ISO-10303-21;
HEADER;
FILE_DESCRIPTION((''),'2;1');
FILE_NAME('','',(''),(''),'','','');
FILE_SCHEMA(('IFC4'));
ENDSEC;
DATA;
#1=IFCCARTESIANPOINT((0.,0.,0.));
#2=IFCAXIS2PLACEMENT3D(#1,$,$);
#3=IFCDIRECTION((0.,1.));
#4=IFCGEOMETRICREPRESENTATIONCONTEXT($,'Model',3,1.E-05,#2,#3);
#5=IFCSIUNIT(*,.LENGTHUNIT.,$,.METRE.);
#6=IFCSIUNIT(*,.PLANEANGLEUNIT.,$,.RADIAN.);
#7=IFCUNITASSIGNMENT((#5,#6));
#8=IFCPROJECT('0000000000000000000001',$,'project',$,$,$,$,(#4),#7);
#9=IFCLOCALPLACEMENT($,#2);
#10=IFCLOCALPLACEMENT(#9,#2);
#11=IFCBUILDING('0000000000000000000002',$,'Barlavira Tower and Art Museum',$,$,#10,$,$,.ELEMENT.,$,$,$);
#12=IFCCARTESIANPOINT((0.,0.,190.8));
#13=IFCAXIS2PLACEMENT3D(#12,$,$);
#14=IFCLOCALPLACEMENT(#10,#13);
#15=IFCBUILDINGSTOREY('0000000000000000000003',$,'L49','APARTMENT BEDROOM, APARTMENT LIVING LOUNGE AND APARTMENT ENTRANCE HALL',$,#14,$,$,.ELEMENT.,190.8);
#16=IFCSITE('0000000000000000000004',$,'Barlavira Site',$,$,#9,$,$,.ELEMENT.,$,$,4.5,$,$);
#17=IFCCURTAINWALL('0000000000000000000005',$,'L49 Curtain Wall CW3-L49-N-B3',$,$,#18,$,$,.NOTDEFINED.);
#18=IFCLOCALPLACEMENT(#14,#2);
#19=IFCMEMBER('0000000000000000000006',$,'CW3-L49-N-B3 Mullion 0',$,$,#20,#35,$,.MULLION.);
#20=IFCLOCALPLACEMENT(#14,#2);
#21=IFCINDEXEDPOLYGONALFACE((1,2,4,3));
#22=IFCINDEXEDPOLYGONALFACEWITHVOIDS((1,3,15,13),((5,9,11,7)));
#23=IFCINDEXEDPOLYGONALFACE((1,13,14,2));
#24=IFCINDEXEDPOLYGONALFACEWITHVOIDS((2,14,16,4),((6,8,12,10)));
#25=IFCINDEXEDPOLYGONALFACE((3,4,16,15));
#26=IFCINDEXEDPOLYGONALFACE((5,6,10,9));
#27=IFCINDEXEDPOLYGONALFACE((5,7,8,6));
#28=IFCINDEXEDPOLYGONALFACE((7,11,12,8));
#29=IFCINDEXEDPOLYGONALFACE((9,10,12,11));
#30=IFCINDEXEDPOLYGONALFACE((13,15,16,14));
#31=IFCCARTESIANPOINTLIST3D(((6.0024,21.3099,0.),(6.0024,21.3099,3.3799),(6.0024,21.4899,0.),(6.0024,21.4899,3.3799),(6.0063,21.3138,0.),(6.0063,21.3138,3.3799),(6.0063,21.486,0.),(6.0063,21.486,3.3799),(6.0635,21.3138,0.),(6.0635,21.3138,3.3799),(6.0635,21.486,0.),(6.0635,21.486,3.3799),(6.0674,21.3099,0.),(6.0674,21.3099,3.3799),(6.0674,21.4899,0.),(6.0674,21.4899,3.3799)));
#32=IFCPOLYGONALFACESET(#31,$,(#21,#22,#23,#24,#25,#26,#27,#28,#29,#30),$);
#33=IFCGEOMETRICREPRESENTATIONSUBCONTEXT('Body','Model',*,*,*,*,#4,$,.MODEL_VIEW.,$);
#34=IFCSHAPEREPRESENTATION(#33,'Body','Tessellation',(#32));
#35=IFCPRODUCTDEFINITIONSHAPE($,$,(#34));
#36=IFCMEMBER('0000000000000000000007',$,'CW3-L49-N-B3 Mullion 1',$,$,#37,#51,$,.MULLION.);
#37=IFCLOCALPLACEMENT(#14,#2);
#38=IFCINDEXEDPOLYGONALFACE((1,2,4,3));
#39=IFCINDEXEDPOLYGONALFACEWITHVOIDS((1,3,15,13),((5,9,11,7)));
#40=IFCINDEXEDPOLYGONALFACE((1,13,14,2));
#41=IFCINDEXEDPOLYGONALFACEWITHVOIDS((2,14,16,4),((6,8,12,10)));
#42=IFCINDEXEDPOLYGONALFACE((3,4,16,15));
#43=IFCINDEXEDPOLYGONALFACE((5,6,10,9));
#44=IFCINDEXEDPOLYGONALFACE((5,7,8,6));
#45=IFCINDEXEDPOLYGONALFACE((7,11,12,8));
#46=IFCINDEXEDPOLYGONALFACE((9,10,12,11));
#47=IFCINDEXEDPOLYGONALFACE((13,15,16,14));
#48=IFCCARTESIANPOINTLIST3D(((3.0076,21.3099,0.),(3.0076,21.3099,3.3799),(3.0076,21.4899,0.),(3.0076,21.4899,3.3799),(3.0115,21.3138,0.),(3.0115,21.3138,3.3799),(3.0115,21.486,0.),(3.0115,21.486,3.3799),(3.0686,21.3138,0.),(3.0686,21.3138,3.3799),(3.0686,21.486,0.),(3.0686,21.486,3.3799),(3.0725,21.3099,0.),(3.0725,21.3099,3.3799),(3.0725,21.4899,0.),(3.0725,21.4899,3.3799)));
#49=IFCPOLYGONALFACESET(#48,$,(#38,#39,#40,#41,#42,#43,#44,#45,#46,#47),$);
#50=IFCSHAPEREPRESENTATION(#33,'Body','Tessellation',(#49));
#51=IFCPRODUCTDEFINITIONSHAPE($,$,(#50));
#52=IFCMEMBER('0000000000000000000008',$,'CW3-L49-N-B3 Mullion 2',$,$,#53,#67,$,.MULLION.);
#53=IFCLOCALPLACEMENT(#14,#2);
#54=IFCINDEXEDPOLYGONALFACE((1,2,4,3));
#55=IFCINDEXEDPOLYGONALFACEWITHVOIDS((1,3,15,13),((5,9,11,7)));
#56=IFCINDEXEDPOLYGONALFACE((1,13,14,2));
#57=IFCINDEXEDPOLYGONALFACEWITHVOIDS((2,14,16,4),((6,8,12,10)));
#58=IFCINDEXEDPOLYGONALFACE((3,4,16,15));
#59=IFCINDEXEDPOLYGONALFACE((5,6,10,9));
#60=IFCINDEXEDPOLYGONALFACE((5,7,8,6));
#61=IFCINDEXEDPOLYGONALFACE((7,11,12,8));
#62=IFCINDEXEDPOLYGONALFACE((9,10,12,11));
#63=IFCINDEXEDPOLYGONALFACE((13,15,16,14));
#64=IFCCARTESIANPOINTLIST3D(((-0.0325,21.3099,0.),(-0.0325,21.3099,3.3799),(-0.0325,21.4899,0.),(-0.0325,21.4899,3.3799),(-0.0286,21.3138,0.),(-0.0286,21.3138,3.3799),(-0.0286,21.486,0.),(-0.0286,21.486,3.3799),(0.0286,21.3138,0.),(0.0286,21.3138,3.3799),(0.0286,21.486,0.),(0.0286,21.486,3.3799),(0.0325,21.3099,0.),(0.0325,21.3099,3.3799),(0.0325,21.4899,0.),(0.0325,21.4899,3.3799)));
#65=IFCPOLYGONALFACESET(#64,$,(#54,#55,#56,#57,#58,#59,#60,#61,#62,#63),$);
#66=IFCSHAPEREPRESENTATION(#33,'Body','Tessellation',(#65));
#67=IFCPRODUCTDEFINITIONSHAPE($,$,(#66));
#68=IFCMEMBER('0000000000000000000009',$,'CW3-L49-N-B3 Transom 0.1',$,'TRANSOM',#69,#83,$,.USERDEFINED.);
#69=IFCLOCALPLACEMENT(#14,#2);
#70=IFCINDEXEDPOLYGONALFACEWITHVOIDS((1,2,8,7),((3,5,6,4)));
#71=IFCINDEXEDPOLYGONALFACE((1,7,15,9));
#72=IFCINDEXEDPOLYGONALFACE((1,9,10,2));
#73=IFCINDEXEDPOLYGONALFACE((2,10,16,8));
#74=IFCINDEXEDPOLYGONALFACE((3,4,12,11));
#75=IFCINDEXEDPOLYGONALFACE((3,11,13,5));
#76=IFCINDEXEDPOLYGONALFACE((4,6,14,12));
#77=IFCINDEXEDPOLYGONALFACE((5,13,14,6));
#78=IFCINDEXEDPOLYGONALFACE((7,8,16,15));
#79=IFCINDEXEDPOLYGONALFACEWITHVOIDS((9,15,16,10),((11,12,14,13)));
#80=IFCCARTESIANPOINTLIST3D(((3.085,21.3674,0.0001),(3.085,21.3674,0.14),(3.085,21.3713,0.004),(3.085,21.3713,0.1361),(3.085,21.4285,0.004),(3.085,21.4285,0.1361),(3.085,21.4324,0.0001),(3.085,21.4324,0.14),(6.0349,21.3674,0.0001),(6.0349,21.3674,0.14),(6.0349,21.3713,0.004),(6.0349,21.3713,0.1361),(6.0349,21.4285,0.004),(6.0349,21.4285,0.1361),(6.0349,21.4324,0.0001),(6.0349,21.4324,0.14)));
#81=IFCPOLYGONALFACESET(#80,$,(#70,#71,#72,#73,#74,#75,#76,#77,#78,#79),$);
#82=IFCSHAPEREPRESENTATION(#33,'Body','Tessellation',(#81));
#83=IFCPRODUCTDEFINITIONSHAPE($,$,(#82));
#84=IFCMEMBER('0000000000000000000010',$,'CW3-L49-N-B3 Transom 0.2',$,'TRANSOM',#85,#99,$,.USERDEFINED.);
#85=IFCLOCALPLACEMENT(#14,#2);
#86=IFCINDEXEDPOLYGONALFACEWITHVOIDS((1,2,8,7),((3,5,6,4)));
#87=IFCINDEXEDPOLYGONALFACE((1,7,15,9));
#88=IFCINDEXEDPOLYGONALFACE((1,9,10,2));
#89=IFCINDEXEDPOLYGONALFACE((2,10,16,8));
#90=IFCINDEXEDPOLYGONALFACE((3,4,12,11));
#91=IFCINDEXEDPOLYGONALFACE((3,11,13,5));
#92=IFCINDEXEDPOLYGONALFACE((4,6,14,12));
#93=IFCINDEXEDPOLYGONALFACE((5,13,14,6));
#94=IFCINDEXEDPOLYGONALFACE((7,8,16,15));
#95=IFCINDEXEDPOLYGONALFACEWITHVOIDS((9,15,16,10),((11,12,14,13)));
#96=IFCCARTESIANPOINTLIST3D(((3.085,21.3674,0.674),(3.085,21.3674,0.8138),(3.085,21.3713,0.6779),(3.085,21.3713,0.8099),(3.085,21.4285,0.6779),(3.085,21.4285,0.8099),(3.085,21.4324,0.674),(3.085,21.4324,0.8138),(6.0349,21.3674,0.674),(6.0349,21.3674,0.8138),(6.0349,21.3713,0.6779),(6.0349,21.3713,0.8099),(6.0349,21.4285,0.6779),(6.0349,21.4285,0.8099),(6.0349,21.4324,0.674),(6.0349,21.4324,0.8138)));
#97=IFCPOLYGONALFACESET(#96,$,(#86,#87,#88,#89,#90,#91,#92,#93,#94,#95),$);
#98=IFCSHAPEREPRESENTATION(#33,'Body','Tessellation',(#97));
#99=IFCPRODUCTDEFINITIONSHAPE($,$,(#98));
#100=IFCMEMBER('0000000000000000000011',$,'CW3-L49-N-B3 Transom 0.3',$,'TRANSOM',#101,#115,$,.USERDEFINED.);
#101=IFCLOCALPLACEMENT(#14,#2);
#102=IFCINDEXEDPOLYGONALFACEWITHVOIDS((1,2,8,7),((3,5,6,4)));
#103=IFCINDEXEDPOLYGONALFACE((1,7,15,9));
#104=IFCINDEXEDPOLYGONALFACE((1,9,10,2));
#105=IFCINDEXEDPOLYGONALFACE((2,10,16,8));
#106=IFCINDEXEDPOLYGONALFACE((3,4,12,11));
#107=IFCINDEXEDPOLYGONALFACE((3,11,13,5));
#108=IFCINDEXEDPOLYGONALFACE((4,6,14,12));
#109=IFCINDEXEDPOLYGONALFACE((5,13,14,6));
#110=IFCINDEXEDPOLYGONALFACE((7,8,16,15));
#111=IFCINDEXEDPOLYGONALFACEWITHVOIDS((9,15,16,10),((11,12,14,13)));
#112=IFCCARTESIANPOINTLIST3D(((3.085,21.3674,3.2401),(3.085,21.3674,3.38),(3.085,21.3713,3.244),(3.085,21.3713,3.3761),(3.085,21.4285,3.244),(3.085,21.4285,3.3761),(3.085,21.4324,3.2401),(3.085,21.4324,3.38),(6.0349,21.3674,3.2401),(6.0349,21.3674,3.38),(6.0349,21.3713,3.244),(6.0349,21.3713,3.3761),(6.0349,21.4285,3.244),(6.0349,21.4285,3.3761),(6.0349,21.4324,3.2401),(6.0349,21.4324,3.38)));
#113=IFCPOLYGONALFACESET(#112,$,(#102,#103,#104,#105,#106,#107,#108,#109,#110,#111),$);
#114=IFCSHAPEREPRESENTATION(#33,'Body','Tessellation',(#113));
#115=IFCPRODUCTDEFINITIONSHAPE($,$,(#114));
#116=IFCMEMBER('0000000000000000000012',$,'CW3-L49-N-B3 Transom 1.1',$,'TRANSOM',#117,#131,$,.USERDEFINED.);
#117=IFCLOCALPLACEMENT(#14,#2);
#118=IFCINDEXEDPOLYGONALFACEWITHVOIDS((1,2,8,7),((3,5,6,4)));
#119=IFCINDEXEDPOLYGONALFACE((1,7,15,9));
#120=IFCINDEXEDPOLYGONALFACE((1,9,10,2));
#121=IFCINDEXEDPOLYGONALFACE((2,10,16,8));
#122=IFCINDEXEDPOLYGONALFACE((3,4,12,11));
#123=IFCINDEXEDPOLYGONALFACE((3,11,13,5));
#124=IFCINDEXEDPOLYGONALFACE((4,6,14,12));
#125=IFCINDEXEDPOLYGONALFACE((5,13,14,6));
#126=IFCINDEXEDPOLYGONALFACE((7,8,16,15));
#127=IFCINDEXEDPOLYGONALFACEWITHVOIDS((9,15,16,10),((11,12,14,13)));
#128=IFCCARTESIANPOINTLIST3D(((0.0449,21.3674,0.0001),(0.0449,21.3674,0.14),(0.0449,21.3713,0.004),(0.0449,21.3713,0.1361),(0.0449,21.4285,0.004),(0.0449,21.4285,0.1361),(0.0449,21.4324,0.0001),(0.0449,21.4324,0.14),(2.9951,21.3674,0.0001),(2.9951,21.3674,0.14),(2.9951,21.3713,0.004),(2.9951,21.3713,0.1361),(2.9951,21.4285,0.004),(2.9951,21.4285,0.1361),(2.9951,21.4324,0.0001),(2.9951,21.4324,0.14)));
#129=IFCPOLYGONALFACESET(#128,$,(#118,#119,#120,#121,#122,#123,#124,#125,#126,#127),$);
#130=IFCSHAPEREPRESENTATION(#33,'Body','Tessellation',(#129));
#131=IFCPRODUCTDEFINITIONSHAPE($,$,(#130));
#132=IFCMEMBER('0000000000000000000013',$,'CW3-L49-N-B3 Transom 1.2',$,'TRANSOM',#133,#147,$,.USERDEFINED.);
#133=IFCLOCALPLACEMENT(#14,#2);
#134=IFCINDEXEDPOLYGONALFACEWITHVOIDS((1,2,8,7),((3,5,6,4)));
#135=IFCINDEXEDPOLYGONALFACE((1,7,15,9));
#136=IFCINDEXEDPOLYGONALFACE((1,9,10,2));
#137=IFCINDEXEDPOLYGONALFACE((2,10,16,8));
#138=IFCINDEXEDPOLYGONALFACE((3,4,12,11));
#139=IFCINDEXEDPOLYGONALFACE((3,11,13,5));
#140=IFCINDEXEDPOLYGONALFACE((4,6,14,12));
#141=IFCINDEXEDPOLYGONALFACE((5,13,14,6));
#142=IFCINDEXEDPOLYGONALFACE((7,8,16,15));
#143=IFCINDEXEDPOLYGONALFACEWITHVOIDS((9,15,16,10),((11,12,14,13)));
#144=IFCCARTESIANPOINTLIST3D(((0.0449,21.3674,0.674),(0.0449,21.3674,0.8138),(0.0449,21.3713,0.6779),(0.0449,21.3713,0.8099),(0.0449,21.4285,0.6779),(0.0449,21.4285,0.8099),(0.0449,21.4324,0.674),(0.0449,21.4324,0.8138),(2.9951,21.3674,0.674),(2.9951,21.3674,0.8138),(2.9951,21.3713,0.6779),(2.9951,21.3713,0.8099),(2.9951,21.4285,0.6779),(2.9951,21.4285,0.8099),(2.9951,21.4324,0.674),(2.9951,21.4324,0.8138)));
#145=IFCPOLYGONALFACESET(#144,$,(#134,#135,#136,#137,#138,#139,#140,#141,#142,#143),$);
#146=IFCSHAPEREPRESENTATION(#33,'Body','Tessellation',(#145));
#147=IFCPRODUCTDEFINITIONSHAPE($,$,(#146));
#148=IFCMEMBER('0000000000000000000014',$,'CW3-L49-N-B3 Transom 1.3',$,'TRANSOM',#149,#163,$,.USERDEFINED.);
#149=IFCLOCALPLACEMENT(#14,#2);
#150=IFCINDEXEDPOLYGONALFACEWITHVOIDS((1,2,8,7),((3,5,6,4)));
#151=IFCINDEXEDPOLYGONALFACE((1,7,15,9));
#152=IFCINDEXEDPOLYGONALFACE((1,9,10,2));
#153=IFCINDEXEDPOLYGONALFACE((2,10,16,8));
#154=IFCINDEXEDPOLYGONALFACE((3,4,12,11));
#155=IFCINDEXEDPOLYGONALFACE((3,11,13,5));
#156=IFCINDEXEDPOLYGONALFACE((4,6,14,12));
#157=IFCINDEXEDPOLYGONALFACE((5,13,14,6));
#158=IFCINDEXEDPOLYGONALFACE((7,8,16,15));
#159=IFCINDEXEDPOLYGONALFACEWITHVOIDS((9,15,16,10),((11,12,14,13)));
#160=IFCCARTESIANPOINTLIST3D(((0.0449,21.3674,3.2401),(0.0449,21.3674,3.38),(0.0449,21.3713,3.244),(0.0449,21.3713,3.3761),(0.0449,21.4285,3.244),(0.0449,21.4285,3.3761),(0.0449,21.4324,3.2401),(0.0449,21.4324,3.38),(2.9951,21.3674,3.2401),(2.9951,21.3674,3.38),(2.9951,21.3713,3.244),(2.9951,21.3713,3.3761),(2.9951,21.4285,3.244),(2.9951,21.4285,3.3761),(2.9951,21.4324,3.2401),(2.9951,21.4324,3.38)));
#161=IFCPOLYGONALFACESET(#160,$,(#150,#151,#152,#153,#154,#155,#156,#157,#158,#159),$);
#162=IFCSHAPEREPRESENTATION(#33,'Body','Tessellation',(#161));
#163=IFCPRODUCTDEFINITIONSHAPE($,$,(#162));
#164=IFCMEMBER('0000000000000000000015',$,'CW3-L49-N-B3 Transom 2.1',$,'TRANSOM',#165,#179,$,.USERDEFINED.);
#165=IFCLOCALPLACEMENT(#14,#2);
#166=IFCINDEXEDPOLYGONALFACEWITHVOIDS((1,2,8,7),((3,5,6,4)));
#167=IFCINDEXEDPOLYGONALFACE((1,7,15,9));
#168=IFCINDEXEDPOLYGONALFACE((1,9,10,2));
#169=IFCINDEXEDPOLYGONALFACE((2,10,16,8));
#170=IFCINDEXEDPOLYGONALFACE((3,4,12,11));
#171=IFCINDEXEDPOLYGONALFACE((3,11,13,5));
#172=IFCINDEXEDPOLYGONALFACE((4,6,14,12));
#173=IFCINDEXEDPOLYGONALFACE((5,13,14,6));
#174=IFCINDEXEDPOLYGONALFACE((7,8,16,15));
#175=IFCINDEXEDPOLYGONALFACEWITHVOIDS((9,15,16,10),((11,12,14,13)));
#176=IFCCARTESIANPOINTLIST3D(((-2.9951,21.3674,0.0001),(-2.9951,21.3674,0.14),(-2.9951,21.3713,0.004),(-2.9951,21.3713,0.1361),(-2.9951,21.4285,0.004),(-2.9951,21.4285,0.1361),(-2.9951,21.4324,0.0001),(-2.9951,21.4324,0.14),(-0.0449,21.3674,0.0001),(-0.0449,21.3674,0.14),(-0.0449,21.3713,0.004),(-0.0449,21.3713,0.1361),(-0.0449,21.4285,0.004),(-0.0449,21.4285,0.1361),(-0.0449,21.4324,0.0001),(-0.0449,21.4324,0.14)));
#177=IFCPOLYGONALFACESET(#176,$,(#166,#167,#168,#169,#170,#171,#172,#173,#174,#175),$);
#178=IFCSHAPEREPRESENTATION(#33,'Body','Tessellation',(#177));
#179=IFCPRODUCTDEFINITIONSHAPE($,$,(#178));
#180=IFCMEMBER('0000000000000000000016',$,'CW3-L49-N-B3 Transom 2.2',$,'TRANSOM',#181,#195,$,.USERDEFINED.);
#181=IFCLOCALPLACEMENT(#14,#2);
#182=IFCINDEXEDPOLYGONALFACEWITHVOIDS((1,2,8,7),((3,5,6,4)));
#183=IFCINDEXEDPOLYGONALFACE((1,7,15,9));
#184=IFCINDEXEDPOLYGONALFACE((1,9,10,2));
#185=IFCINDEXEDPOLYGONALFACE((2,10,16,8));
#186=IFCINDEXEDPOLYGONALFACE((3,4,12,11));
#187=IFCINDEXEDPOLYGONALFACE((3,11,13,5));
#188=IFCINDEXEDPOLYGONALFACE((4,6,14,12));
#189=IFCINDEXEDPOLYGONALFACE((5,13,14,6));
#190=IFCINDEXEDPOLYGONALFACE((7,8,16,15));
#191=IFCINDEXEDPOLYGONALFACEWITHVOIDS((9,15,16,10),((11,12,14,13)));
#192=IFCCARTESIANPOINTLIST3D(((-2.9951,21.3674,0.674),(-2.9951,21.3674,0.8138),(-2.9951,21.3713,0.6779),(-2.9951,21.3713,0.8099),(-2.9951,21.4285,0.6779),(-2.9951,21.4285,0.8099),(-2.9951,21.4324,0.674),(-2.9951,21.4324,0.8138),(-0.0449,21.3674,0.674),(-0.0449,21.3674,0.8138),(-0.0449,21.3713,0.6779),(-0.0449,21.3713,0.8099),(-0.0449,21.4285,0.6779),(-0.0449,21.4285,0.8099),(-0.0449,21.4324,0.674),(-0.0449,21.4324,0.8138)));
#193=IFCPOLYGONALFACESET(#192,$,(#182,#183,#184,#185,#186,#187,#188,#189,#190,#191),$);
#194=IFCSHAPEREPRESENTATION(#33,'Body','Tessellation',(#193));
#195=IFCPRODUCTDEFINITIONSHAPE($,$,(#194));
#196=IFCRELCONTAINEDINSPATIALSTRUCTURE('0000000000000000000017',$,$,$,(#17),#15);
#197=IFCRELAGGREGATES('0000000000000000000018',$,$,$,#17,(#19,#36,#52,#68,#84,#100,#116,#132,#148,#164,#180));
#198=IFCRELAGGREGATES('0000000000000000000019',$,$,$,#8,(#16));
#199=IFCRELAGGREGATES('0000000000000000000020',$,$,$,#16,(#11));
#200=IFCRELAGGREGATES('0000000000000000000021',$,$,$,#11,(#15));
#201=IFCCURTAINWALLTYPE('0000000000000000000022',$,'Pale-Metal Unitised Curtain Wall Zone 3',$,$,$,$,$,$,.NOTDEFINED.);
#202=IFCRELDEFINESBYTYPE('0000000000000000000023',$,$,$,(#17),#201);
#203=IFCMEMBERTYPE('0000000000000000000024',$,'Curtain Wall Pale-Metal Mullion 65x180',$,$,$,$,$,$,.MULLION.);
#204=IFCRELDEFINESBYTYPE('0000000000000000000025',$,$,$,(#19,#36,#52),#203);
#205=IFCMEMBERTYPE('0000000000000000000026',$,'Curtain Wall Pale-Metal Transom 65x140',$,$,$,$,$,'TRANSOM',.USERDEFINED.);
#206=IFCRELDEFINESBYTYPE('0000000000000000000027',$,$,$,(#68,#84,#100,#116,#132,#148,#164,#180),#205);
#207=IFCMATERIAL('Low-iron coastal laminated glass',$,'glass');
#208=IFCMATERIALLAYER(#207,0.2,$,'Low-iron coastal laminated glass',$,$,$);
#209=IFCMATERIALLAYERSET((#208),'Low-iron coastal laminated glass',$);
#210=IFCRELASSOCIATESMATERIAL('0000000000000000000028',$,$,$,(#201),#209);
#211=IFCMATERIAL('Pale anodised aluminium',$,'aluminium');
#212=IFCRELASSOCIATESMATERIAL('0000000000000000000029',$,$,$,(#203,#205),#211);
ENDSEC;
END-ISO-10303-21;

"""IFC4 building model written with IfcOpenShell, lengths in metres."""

from ifc_helpers import new_model, si_unit, direction, frame, origin, origin_2d, place, context, subcontext, project, spatial, hollow_rectangle, extrude, material, layer, layer_set, material_profile, profile_set, type_object, element, aggregate, save


model = new_model("IFC4")

# Units and contexts
model_context = context("Model", 3, precision=1e-05, world=origin(), true_north=direction((0.0, 1.0)))
body_context = subcontext(model_context, "Body", "Model", "MODEL_VIEW")
ifc_project = project(units=[si_unit("LENGTHUNIT", "METRE"), si_unit("PLANEANGLEUNIT", "RADIAN")], contexts=[model_context])

# Site, building, storey
site_placement = place(None, origin())
site = spatial("IfcSite", under=ifc_project, at=site_placement, Name="Barlavira Site", CompositionType="ELEMENT", RefElevation=4.5)
building_placement = place(site_placement, origin())
building = spatial("IfcBuilding", under=site, at=building_placement, Name="Barlavira Tower and Art Museum", CompositionType="ELEMENT")
storey_placement = place(building_placement, frame((0.0, 0.0, 190.8)))
storey = spatial("IfcBuildingStorey", under=building, at=storey_placement, Name="L49", Description="APARTMENT BEDROOM, APARTMENT LIVING LOUNGE AND APARTMENT ENTRANCE HALL", CompositionType="ELEMENT", Elevation=190.8)

# Curtain wall, members
ifc_material_1 = material(Name="Low-iron coastal laminated glass", Category="glass")
ifc_layer_1 = layer(ifc_material_1, 0.2, Name="Low-iron coastal laminated glass")
ifc_layer_set_1 = layer_set([ifc_layer_1], Name="Low-iron coastal laminated glass")
curtain_wall_type = type_object("IfcCurtainWallType", Name="Pale-Metal Unitised Curtain Wall Zone 3", PredefinedType="NOTDEFINED", material=ifc_layer_set_1)
curtain_wall_placement = place(storey_placement, origin())
curtain_wall = element("IfcCurtainWall", 1, at=curtain_wall_placement, inside=storey, type_object=curtain_wall_type, Name="L49 Curtain Wall CW3-L49-N-B3", PredefinedType="NOTDEFINED")
ifc_material_2 = material(Name="Pale anodised aluminium", Category="aluminium")
ifc_material_profile_1 = material_profile(ifc_material_2, hollow_rectangle(XDim=0.0649, YDim=0.1799, WallThickness=0.0039, at=origin_2d()), Name="ALU-MULL 65x180x4")
ifc_profile_set_1 = profile_set([ifc_material_profile_1], Name="Pale anodised aluminium")
member_type_1 = type_object("IfcMemberType", Name="Curtain Wall Pale-Metal Mullion 65x180", PredefinedType="MULLION", material=ifc_profile_set_1)
member_1_placement = place(storey_placement, frame((6.0349, 21.3999, 0.0), z_axis=(0.0, 0.0, 1.0), x_axis=(-1.0, 0.0, 0.0)))
member_1 = element("IfcMember", 2, at=member_1_placement, type_object=member_type_1, Name="CW3-L49-N-B3 Mullion 0", PredefinedType="MULLION", context=body_context, shape_type="SweptSolid", body=[
    extrude(hollow_rectangle(XDim=0.0649, YDim=0.1799, WallThickness=0.0039, at=origin_2d()), origin(), (0.0, 0.0, 1.0), 3.3799),
])
member_2_placement = place(storey_placement, frame((3.04, 21.3999, 0.0), z_axis=(0.0, 0.0, 1.0), x_axis=(-1.0, 0.0, 0.0)))
member_2 = element("IfcMember", 3, at=member_2_placement, type_object=member_type_1, Name="CW3-L49-N-B3 Mullion 1", PredefinedType="MULLION", context=body_context, shape_type="SweptSolid", body=[
    extrude(hollow_rectangle(XDim=0.0649, YDim=0.1799, WallThickness=0.0039, at=origin_2d()), origin(), (0.0, 0.0, 1.0), 3.3799),
])
member_3_placement = place(storey_placement, frame((0.0, 21.3999, 0.0), z_axis=(0.0, 0.0, 1.0), x_axis=(-1.0, 0.0, 0.0)))
member_3 = element("IfcMember", 4, at=member_3_placement, type_object=member_type_1, Name="CW3-L49-N-B3 Mullion 2", PredefinedType="MULLION", context=body_context, shape_type="SweptSolid", body=[
    extrude(hollow_rectangle(XDim=0.0649, YDim=0.1799, WallThickness=0.0039, at=origin_2d()), origin(), (0.0, 0.0, 1.0), 3.3799),
])
ifc_material_profile_2 = material_profile(ifc_material_2, hollow_rectangle(XDim=0.0649, YDim=0.1399, WallThickness=0.0039, at=origin_2d()), Name="ALU-TRAN 65x140x4")
ifc_profile_set_2 = profile_set([ifc_material_profile_2], Name="Pale anodised aluminium")
member_type_2 = type_object("IfcMemberType", Name="Curtain Wall Pale-Metal Transom 65x140", ElementType="TRANSOM", PredefinedType="USERDEFINED", material=ifc_profile_set_2)
member_4_placement = place(storey_placement, frame((6.0349, 21.3999, 0.0701), z_axis=(-1.0, 0.0, 0.0), x_axis=(0.0, -1.0, 0.0)))
member_4 = element("IfcMember", 5, at=member_4_placement, type_object=member_type_2, Name="CW3-L49-N-B3 Transom 0.1", ObjectType="TRANSOM", PredefinedType="USERDEFINED", context=body_context, shape_type="SweptSolid", body=[
    extrude(hollow_rectangle(XDim=0.0649, YDim=0.1399, WallThickness=0.0039, at=origin_2d()), origin(), (0.0, 0.0, 1.0), 2.95),
])
member_5_placement = place(storey_placement, frame((6.0349, 21.3999, 0.7439), z_axis=(-1.0, 0.0, 0.0), x_axis=(0.0, -1.0, 0.0)))
member_5 = element("IfcMember", 6, at=member_5_placement, type_object=member_type_2, Name="CW3-L49-N-B3 Transom 0.2", ObjectType="TRANSOM", PredefinedType="USERDEFINED", context=body_context, shape_type="SweptSolid", body=[
    extrude(hollow_rectangle(XDim=0.0649, YDim=0.1399, WallThickness=0.0039, at=origin_2d()), origin(), (0.0, 0.0, 1.0), 2.95),
])
member_6_placement = place(storey_placement, frame((6.0349, 21.3999, 3.3101), z_axis=(-1.0, 0.0, 0.0), x_axis=(0.0, -1.0, 0.0)))
member_6 = element("IfcMember", 7, at=member_6_placement, type_object=member_type_2, Name="CW3-L49-N-B3 Transom 0.3", ObjectType="TRANSOM", PredefinedType="USERDEFINED", context=body_context, shape_type="SweptSolid", body=[
    extrude(hollow_rectangle(XDim=0.0649, YDim=0.1399, WallThickness=0.0039, at=origin_2d()), origin(), (0.0, 0.0, 1.0), 2.95),
])
member_7_placement = place(storey_placement, frame((2.9951, 21.3999, 0.0701), z_axis=(-1.0, 0.0, 0.0), x_axis=(0.0, -1.0, 0.0)))
member_7 = element("IfcMember", 8, at=member_7_placement, type_object=member_type_2, Name="CW3-L49-N-B3 Transom 1.1", ObjectType="TRANSOM", PredefinedType="USERDEFINED", context=body_context, shape_type="SweptSolid", body=[
    extrude(hollow_rectangle(XDim=0.0649, YDim=0.1399, WallThickness=0.0039, at=origin_2d()), origin(), (0.0, 0.0, 1.0), 2.9502),
])
member_8_placement = place(storey_placement, frame((2.9951, 21.3999, 0.7439), z_axis=(-1.0, 0.0, 0.0), x_axis=(0.0, -1.0, 0.0)))
member_8 = element("IfcMember", 9, at=member_8_placement, type_object=member_type_2, Name="CW3-L49-N-B3 Transom 1.2", ObjectType="TRANSOM", PredefinedType="USERDEFINED", context=body_context, shape_type="SweptSolid", body=[
    extrude(hollow_rectangle(XDim=0.0649, YDim=0.1399, WallThickness=0.0039, at=origin_2d()), origin(), (0.0, 0.0, 1.0), 2.9502),
])
member_9_placement = place(storey_placement, frame((2.9951, 21.3999, 3.3101), z_axis=(-1.0, 0.0, 0.0), x_axis=(0.0, -1.0, 0.0)))
member_9 = element("IfcMember", 10, at=member_9_placement, type_object=member_type_2, Name="CW3-L49-N-B3 Transom 1.3", ObjectType="TRANSOM", PredefinedType="USERDEFINED", context=body_context, shape_type="SweptSolid", body=[
    extrude(hollow_rectangle(XDim=0.0649, YDim=0.1399, WallThickness=0.0039, at=origin_2d()), origin(), (0.0, 0.0, 1.0), 2.9502),
])
member_10_placement = place(storey_placement, frame((-0.0449, 21.3999, 0.0701), z_axis=(-1.0, 0.0, 0.0), x_axis=(0.0, -1.0, 0.0)))
member_10 = element("IfcMember", 11, at=member_10_placement, type_object=member_type_2, Name="CW3-L49-N-B3 Transom 2.1", ObjectType="TRANSOM", PredefinedType="USERDEFINED", context=body_context, shape_type="SweptSolid", body=[
    extrude(hollow_rectangle(XDim=0.0649, YDim=0.1399, WallThickness=0.0039, at=origin_2d()), origin(), (0.0, 0.0, 1.0), 2.9502),
])
member_11_placement = place(storey_placement, frame((-0.0449, 21.3999, 0.7439), z_axis=(-1.0, 0.0, 0.0), x_axis=(0.0, -1.0, 0.0)))
member_11 = element("IfcMember", 12, at=member_11_placement, type_object=member_type_2, Name="CW3-L49-N-B3 Transom 2.2", ObjectType="TRANSOM", PredefinedType="USERDEFINED", context=body_context, shape_type="SweptSolid", body=[
    extrude(hollow_rectangle(XDim=0.0649, YDim=0.1399, WallThickness=0.0039, at=origin_2d()), origin(), (0.0, 0.0, 1.0), 2.9502),
])
aggregate(curtain_wall, [member_1, member_2, member_3, member_4, member_5, member_6, member_7, member_8, member_9, member_10, member_11])

save(model, "model.ifc")
